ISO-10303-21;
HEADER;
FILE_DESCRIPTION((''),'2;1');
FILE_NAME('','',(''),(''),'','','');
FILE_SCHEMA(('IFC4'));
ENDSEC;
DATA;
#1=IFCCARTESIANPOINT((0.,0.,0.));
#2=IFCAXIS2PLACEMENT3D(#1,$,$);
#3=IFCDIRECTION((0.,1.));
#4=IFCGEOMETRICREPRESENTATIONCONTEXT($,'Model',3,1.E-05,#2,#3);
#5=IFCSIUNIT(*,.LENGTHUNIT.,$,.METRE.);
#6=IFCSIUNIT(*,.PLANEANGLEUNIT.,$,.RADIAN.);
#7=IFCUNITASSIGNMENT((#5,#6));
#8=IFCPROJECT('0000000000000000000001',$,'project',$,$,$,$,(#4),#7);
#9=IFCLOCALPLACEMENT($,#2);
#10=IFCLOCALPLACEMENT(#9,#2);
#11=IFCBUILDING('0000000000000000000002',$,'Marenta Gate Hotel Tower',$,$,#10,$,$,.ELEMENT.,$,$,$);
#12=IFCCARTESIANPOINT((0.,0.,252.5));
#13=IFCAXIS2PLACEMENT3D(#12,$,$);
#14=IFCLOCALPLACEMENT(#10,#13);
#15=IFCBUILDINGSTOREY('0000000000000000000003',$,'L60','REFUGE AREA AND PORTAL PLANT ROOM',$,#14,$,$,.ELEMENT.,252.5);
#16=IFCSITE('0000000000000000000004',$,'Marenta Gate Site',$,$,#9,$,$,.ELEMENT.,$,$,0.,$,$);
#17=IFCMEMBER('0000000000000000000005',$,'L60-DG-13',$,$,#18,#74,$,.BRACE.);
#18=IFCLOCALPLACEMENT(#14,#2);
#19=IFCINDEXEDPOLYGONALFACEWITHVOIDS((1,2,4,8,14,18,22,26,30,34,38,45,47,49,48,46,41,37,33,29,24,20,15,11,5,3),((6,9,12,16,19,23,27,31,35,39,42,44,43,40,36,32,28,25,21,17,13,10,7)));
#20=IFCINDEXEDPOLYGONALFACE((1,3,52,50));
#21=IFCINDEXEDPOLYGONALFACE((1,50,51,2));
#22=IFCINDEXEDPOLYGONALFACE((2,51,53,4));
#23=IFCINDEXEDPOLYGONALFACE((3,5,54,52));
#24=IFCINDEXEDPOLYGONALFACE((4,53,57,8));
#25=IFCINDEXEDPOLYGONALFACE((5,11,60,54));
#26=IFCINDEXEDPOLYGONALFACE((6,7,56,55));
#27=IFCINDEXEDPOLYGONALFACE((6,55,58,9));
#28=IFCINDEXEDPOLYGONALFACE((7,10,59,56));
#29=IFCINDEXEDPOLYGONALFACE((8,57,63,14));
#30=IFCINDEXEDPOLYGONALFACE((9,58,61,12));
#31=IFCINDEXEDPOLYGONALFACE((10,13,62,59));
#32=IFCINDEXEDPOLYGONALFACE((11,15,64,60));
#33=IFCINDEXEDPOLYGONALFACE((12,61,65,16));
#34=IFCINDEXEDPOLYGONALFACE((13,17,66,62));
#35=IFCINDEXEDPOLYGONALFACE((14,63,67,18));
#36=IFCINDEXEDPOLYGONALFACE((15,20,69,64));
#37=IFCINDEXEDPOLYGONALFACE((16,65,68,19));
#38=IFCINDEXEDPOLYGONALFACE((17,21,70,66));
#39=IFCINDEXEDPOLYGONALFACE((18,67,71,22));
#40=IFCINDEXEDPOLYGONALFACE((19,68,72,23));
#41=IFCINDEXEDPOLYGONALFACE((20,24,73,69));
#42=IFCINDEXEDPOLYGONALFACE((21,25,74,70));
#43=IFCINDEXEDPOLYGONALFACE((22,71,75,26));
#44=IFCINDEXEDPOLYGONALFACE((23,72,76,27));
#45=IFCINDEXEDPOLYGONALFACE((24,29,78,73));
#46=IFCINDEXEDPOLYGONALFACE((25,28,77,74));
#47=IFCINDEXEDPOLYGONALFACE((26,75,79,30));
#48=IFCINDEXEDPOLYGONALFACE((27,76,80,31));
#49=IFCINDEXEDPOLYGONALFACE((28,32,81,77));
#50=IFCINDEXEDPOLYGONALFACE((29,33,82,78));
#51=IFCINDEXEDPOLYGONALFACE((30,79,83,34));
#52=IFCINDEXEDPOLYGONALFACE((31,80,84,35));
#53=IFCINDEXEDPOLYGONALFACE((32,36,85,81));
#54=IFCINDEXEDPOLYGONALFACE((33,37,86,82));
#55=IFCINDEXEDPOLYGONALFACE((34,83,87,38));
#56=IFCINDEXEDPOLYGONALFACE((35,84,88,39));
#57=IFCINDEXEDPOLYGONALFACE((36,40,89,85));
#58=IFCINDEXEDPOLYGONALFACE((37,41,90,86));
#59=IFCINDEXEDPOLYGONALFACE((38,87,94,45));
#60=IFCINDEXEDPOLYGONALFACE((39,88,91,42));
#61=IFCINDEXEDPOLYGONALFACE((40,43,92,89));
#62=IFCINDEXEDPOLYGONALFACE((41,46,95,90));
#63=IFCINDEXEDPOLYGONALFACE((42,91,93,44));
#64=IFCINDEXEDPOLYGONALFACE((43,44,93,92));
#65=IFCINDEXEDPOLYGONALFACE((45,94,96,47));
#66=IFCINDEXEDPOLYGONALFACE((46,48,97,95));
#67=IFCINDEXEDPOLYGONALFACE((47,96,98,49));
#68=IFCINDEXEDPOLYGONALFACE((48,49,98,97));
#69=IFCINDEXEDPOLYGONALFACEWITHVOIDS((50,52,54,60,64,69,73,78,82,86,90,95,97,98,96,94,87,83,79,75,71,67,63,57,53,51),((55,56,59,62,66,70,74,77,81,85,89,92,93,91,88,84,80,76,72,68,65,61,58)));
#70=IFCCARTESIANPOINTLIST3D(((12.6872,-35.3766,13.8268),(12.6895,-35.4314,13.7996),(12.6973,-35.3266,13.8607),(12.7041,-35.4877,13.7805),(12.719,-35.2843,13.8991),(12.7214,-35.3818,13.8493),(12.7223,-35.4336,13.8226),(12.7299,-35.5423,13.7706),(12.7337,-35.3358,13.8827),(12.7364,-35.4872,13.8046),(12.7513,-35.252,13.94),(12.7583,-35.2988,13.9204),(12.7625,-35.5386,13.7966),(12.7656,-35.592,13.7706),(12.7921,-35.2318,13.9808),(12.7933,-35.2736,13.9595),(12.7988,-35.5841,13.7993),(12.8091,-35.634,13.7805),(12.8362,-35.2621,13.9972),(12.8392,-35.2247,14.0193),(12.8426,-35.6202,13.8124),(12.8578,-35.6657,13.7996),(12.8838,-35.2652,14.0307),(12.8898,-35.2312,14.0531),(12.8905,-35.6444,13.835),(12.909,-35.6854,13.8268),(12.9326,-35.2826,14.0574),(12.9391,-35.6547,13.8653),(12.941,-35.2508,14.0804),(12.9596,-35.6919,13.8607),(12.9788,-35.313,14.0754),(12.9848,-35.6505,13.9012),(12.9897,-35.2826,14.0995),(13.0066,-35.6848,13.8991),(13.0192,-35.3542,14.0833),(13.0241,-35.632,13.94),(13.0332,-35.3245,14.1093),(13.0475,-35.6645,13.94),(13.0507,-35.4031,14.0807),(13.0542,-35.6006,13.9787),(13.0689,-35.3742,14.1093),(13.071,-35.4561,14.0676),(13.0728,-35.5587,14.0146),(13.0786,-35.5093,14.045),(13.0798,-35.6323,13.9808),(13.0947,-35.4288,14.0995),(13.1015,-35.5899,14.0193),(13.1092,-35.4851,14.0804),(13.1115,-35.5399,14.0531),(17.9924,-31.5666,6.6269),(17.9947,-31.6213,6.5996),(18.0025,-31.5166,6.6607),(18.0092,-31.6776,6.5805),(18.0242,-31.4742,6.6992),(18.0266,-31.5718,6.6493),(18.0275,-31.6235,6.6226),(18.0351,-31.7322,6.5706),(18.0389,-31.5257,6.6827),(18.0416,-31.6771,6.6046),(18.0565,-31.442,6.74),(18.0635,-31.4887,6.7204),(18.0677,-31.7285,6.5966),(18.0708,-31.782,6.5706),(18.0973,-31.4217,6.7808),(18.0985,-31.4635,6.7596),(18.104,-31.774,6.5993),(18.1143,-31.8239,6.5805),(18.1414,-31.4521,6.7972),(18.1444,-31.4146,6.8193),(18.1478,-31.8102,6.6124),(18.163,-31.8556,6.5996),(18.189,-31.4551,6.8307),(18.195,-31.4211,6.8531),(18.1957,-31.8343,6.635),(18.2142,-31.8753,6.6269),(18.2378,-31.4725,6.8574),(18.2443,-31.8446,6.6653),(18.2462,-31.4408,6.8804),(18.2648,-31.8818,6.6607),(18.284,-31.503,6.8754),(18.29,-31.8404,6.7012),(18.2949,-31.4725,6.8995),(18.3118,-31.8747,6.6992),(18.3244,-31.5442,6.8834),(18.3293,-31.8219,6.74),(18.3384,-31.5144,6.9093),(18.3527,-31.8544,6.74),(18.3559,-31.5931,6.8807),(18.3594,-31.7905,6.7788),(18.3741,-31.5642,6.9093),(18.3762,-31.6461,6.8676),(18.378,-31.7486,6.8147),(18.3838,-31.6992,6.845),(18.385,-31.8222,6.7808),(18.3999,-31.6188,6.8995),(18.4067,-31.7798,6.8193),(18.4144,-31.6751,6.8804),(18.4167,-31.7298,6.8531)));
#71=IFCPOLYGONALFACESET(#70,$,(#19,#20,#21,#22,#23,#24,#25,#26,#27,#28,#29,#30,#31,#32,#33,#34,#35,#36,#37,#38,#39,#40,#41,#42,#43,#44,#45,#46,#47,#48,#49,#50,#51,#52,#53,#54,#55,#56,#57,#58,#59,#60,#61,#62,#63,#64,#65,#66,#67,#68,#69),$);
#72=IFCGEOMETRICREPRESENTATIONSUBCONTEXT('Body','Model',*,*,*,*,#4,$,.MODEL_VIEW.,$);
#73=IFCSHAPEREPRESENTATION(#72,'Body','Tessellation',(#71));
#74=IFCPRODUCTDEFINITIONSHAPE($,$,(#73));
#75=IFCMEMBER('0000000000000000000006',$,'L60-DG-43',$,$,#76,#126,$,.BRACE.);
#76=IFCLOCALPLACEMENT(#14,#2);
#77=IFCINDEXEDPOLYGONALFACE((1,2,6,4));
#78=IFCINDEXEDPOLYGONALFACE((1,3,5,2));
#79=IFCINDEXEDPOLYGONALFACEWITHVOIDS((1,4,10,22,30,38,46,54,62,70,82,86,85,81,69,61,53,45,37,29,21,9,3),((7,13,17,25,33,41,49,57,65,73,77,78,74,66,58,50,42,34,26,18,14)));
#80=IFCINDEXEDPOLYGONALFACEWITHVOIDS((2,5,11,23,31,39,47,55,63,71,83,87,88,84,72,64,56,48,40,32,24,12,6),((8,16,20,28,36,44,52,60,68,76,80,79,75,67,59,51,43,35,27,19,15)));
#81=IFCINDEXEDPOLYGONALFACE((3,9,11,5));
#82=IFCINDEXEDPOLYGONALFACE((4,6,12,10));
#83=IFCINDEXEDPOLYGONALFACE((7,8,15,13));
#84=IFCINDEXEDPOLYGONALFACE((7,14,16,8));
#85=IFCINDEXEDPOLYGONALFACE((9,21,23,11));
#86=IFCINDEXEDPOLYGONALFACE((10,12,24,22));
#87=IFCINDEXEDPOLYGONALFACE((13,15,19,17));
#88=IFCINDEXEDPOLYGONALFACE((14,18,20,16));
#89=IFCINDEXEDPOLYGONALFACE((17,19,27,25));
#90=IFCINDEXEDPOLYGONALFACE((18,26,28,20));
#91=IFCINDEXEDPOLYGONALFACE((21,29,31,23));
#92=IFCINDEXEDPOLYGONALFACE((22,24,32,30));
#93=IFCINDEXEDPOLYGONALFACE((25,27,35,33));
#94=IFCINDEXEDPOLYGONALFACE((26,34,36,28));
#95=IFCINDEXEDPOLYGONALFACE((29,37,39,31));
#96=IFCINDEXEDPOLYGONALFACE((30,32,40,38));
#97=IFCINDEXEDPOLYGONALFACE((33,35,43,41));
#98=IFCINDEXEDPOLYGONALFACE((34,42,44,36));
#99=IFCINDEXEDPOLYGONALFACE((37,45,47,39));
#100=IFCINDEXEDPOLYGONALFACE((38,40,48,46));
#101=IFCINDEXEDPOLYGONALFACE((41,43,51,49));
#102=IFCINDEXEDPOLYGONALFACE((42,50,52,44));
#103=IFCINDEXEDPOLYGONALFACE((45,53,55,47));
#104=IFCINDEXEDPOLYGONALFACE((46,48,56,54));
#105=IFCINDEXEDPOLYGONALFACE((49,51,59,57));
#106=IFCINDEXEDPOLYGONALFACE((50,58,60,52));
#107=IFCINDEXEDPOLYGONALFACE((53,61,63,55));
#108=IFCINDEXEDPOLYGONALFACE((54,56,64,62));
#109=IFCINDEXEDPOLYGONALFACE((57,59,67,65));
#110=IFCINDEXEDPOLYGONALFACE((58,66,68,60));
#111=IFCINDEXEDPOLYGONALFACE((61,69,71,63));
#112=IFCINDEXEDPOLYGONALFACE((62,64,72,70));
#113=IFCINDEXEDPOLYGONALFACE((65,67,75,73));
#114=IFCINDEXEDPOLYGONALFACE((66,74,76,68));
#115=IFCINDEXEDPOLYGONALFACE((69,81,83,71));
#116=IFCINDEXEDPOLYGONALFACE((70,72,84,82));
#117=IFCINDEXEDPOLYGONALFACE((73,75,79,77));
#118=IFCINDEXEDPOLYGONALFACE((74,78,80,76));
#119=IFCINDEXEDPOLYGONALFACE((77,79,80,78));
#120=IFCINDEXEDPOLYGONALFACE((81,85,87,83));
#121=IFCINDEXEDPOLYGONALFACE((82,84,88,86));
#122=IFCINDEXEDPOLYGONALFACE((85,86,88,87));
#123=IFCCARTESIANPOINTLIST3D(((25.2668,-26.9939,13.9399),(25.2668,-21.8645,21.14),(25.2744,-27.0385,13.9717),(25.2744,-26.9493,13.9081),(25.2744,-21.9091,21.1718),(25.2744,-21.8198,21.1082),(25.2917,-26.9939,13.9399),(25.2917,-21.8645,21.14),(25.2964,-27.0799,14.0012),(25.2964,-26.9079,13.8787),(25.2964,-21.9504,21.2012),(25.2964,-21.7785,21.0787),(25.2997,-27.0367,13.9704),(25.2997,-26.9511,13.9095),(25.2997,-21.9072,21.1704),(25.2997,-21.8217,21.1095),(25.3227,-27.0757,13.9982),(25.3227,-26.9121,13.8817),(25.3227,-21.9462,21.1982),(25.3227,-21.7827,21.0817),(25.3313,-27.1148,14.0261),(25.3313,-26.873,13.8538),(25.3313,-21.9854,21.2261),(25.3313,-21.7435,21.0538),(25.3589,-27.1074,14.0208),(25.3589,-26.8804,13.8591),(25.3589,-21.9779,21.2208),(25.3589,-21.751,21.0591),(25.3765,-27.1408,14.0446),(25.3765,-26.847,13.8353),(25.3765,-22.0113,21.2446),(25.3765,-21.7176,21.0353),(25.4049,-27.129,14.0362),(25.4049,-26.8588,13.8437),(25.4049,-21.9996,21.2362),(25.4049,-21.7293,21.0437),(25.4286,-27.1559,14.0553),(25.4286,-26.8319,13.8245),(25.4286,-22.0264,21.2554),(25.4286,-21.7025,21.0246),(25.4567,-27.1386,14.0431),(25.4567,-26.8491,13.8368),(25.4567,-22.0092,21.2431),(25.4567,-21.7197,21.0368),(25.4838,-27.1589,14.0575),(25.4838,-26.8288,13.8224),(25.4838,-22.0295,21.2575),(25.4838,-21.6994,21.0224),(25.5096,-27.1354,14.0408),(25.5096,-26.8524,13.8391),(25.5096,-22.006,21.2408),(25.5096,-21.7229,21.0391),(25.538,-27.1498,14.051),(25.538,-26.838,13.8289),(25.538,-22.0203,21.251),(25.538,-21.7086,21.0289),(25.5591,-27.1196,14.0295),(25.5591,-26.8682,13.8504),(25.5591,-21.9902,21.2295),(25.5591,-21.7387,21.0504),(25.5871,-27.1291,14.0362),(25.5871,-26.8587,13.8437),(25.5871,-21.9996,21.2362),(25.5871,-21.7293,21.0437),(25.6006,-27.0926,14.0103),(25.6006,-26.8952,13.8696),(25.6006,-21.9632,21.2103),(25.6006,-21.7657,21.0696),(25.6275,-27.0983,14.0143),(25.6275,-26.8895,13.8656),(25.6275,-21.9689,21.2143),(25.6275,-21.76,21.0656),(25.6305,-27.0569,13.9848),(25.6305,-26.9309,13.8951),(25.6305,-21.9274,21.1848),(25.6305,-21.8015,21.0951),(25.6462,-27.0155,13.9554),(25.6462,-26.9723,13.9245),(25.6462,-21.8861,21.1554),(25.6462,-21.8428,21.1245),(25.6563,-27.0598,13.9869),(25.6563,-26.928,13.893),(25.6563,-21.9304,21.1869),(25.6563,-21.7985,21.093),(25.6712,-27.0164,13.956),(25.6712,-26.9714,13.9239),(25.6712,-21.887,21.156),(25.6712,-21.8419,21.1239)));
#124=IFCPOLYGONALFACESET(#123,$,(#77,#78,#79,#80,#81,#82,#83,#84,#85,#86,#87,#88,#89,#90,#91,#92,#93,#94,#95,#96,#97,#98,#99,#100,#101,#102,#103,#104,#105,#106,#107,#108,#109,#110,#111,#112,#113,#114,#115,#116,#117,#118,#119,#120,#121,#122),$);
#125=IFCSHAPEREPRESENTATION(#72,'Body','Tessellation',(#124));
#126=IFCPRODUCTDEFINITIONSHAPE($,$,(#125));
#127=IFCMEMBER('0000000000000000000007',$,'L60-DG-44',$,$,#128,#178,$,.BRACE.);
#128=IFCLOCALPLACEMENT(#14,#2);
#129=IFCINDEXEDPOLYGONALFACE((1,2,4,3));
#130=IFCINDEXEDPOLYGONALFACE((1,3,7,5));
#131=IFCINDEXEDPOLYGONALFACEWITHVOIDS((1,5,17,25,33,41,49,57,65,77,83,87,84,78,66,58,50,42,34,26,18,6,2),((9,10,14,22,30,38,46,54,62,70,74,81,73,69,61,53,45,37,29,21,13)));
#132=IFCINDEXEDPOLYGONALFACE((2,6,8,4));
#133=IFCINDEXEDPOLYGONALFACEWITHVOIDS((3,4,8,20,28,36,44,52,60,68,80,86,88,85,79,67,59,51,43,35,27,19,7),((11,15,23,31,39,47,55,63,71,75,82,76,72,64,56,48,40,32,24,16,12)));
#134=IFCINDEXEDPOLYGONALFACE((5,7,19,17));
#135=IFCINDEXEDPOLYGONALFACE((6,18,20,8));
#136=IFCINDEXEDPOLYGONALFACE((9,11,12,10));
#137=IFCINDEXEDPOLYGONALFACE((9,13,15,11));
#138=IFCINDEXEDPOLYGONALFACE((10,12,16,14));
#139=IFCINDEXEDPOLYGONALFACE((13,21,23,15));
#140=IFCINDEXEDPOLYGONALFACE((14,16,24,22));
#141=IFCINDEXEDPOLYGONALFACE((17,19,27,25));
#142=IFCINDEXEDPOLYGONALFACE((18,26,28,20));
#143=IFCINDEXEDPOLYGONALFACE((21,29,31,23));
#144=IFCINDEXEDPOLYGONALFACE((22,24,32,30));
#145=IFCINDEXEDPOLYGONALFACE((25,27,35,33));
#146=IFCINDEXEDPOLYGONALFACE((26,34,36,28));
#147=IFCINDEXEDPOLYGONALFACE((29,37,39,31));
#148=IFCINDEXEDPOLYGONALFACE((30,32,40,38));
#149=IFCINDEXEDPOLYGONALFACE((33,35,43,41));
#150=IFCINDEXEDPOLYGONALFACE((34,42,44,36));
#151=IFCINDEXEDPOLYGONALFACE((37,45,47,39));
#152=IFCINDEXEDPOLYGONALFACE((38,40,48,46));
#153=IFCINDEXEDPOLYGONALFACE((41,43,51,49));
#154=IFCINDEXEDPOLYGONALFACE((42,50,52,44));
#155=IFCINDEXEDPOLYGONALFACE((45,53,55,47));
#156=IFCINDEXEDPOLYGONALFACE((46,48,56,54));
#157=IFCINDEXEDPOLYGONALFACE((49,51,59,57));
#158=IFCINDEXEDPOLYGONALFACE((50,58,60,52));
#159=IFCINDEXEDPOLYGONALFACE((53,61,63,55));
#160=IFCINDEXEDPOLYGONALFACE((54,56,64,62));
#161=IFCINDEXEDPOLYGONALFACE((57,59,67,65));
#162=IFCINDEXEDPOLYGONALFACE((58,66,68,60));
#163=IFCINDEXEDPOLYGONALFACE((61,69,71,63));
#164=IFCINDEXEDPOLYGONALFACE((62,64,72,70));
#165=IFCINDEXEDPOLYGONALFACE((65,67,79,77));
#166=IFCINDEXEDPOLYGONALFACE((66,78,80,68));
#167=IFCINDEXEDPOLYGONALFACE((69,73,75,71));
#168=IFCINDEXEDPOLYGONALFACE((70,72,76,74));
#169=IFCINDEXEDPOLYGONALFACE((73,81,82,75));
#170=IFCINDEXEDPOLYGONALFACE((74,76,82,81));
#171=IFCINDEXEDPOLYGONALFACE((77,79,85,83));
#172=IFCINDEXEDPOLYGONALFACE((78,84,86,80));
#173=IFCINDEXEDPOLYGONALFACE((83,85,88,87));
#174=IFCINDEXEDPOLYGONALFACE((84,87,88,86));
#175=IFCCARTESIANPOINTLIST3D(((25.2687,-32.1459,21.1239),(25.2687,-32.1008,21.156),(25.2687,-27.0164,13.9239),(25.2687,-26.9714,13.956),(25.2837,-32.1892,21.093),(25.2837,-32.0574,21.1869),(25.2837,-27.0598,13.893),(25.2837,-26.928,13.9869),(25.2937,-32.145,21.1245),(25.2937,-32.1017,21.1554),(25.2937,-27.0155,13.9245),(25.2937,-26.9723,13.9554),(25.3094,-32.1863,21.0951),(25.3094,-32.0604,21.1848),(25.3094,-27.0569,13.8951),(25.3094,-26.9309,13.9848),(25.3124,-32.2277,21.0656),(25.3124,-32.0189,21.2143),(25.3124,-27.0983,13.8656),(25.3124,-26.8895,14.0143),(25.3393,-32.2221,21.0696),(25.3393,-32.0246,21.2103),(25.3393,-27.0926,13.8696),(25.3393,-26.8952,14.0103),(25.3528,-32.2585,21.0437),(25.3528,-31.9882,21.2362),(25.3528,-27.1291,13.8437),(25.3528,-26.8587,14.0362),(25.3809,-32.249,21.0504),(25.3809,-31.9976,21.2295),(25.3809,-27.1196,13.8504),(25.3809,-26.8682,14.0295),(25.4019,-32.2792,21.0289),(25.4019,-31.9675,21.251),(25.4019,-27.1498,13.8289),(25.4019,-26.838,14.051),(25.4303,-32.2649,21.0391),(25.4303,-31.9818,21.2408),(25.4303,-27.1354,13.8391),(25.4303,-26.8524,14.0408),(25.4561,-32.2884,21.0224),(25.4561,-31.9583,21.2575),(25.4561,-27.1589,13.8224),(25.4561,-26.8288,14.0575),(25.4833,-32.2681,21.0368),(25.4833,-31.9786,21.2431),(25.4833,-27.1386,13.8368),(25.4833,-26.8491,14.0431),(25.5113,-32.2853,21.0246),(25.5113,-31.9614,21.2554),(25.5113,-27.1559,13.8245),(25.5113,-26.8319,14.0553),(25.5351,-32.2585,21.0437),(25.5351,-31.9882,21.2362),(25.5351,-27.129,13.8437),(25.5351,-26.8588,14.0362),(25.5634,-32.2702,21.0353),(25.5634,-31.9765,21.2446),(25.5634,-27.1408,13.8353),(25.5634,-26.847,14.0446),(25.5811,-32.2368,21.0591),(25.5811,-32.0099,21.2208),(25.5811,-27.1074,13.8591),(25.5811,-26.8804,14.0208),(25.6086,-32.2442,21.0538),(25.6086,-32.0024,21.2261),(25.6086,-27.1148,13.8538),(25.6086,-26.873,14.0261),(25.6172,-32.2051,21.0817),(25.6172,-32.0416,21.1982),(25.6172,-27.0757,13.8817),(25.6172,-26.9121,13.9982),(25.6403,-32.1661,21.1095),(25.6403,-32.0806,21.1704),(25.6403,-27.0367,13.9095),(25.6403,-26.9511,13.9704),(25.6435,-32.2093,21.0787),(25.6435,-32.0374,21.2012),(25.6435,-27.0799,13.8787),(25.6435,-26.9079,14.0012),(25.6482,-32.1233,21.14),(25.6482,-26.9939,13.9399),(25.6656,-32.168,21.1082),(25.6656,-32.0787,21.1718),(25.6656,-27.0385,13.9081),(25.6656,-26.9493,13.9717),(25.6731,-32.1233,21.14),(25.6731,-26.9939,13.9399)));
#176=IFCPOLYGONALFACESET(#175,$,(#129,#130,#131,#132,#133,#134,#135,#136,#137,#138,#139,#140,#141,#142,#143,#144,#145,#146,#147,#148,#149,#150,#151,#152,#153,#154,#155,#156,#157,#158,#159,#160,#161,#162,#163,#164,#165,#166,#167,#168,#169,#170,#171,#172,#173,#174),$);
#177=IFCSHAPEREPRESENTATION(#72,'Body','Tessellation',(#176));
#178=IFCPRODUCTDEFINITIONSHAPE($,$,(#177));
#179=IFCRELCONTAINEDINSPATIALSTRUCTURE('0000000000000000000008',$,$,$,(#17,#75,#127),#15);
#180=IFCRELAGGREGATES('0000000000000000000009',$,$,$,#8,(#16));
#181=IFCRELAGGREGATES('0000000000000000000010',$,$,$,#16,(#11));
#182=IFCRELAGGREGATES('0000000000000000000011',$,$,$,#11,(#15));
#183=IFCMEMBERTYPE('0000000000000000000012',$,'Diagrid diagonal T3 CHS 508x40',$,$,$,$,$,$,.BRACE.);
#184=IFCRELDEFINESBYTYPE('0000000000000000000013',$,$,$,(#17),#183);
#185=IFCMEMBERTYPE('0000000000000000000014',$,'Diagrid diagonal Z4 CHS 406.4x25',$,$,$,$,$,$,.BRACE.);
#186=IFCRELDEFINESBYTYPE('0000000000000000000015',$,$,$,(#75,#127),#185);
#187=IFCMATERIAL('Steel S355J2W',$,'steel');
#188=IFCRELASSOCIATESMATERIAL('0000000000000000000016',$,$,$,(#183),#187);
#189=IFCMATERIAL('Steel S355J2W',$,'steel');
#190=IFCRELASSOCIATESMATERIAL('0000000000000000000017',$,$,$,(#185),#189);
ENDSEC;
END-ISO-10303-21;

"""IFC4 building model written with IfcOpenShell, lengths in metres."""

from ifc_helpers import new_model, si_unit, direction, frame, origin, origin_2d, place, context, subcontext, project, spatial, hollow_circle, extrude, material, material_profile, profile_set, type_object, element, save


model = new_model("IFC4")

# Units and contexts
model_context = context("Model", 3, precision=1e-05, world=origin(), true_north=direction((0.0, 1.0)))
body_context = subcontext(model_context, "Body", "Model", "MODEL_VIEW")
ifc_project = project(units=[si_unit("LENGTHUNIT", "METRE"), si_unit("PLANEANGLEUNIT", "RADIAN")], contexts=[model_context])

# Site, building, storey
site_placement = place(None, origin())
site = spatial("IfcSite", under=ifc_project, at=site_placement, Name="Marenta Gate Site", CompositionType="ELEMENT", RefElevation=0.0)
building_placement = place(site_placement, origin())
building = spatial("IfcBuilding", under=site, at=building_placement, Name="Marenta Gate Hotel Tower", CompositionType="ELEMENT")
storey_placement = place(building_placement, frame((0.0, 0.0, 252.5)))
storey = spatial("IfcBuildingStorey", under=building, at=storey_placement, Name="L60", Description="REFUGE AREA AND PORTAL PLANT ROOM", CompositionType="ELEMENT", Elevation=252.5)

# Members
ifc_material_1 = material(Name="Steel S355J2W", Category="steel")
ifc_material_profile_1 = material_profile(ifc_material_1, hollow_circle(Radius=0.2539, WallThickness=0.04, at=origin_2d()), Name="CHS 508x40")
ifc_profile_set_1 = profile_set([ifc_material_profile_1], Name="Steel S355J2W")
member_type_1 = type_object("IfcMemberType", Name="Diagrid diagonal T3 CHS 508x40", PredefinedType="BRACE", material=ifc_profile_set_1)
member_1_placement = place(storey_placement, frame((18.2046, -31.6482, 6.74), z_axis=(-0.545735, -0.391935, 0.740648), x_axis=(0.583329, -0.812236, 0.0)))
element("IfcMember", 1, at=member_1_placement, inside=storey, type_object=member_type_1, Name="L60-DG-13", PredefinedType="BRACE", context=body_context, shape_type="SweptSolid", body=[
    extrude(hollow_circle(Radius=0.2539, WallThickness=0.04, at=origin_2d()), origin(), (0.0, 0.0, 1.0), 9.7212),
])
ifc_material_2 = material(Name="Steel S355J2W", Category="steel")
ifc_material_profile_2 = material_profile(ifc_material_2, hollow_circle(Radius=0.2031, WallThickness=0.0249, at=origin_2d()), Name="CHS 406.4x25")
ifc_profile_set_2 = profile_set([ifc_material_profile_2], Name="Steel S355J2W")
member_type_2 = type_object("IfcMemberType", Name="Diagrid diagonal Z4 CHS 406.4x25", PredefinedType="BRACE", material=ifc_profile_set_2)
for number, where, z_axis, x_axis, name in (
    (2, (25.47, -26.9939, 13.9399), (0.0, 0.580232, 0.814451), (-1.0, 0.0, 0.0), "L60-DG-43"),
    (3, (25.47, -26.9939, 13.9399), (0.0, -0.580232, 0.814451), (1.0, 0.0, 0.0), "L60-DG-44"),
):
    element("IfcMember", number, at=place(storey_placement, frame(where, z_axis=z_axis, x_axis=x_axis)), inside=storey, type_object=member_type_2, Name=name, PredefinedType="BRACE", context=body_context, shape_type="SweptSolid", body=[
        extrude(hollow_circle(Radius=0.2031, WallThickness=0.0249, at=origin_2d()), origin(), (0.0, 0.0, 1.0), 8.8403),
    ])

save(model, "model.ifc")
